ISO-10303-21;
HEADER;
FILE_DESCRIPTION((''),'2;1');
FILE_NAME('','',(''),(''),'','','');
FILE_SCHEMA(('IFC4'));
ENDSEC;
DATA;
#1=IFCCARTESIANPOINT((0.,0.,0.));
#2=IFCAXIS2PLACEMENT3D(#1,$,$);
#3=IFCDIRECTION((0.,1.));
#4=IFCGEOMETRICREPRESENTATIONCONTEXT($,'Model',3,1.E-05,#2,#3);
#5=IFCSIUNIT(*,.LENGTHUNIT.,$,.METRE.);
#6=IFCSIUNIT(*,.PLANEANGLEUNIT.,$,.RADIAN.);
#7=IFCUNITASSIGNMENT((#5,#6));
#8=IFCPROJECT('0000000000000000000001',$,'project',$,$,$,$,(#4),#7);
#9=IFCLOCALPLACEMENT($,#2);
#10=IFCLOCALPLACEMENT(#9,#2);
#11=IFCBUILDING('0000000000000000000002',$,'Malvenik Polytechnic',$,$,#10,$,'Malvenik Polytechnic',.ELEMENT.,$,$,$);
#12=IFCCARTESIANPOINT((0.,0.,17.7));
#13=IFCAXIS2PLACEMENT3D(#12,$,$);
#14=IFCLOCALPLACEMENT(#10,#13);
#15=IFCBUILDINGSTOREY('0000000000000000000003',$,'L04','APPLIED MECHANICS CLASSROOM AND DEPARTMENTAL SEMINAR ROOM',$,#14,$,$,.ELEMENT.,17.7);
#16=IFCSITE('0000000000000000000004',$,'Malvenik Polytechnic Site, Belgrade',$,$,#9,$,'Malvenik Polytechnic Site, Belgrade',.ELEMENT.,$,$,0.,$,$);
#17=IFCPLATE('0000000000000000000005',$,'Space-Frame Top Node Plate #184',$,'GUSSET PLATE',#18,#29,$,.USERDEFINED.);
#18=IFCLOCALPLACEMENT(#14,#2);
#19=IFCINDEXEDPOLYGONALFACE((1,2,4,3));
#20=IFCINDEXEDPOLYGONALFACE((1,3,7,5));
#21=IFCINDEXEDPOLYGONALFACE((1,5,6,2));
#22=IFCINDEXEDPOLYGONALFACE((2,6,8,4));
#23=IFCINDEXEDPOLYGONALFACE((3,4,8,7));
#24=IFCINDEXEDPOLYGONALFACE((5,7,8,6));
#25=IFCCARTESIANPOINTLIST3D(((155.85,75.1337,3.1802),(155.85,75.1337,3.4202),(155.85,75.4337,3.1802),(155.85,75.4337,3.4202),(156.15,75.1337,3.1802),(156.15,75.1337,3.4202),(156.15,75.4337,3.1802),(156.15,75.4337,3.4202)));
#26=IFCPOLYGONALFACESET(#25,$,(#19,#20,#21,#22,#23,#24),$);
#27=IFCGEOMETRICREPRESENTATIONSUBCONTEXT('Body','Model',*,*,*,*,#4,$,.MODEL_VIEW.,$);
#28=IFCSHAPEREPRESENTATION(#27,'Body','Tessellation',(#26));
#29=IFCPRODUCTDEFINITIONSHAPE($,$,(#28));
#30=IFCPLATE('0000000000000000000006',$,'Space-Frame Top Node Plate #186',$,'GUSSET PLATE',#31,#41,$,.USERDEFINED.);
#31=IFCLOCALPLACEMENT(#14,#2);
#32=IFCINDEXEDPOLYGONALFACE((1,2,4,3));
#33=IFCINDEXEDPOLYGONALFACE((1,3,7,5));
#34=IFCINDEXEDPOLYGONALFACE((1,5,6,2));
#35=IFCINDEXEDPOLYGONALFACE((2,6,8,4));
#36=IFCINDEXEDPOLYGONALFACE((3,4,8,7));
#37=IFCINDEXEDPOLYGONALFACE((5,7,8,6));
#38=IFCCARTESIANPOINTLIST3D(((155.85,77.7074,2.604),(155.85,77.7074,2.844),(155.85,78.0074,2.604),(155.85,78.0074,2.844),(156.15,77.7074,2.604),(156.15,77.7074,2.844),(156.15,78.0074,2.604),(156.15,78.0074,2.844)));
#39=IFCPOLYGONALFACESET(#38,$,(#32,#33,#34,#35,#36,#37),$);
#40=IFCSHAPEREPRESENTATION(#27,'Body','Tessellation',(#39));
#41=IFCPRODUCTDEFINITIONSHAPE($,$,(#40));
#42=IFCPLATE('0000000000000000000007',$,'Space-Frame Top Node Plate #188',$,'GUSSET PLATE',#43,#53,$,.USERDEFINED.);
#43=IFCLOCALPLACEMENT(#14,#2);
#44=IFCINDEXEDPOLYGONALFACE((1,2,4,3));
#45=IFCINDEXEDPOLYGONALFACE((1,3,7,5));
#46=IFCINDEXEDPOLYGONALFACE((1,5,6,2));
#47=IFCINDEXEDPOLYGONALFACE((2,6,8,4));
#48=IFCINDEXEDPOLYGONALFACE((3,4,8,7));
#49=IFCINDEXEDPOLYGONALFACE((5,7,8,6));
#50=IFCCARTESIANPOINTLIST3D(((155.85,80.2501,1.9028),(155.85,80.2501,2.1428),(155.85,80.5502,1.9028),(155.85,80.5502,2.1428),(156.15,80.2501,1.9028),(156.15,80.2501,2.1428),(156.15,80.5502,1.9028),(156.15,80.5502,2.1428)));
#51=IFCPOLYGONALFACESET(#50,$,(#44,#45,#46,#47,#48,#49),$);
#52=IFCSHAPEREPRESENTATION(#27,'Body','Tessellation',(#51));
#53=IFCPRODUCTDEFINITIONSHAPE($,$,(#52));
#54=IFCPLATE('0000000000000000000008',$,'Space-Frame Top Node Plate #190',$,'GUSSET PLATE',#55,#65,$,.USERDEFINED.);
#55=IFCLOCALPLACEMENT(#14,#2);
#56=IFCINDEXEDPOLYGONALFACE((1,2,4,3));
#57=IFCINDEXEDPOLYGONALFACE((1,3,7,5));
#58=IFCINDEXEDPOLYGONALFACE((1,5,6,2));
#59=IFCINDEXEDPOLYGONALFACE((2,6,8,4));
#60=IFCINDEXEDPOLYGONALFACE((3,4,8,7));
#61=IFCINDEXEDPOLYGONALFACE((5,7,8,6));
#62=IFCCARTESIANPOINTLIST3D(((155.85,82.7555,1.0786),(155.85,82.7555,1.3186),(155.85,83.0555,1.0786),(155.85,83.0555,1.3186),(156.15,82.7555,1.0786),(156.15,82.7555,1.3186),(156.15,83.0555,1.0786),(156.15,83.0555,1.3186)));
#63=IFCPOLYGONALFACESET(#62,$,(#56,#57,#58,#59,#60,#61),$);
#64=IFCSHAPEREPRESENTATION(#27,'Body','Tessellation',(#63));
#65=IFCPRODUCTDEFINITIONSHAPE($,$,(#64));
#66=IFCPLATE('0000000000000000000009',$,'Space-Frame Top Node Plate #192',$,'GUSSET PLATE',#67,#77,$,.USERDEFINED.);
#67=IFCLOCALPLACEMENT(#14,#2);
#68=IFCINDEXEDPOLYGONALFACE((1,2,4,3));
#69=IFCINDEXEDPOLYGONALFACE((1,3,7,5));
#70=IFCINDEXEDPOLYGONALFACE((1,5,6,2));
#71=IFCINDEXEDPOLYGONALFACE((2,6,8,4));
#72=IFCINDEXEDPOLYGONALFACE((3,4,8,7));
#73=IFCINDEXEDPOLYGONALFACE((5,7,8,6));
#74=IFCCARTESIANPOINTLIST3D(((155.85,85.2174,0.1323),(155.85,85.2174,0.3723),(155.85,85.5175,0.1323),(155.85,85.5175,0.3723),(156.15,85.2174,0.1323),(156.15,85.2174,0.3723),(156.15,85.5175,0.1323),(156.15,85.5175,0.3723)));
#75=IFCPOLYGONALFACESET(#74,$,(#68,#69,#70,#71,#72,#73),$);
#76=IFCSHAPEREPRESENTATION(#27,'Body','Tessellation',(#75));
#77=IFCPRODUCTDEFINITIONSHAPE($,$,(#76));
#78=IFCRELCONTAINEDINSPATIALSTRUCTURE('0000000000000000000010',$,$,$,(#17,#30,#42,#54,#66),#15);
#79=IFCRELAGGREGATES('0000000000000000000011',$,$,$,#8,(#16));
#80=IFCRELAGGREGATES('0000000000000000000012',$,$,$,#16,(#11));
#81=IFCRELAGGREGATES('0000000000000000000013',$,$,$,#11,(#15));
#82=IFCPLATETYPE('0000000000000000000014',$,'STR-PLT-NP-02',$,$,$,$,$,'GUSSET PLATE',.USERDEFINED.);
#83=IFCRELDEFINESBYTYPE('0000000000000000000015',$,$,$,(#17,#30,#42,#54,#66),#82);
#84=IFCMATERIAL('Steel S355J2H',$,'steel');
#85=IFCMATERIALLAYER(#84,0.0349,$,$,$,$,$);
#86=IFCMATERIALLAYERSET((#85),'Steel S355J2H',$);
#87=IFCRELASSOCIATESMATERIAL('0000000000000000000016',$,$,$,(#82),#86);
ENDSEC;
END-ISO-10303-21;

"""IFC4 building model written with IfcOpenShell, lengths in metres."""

from ifc_helpers import new_model, si_unit, direction, frame, origin, origin_2d, place, context, subcontext, project, spatial, rectangle, extrude, material, layer, layer_set, type_object, element, save


model = new_model("IFC4")

# Units and contexts
model_context = context("Model", 3, precision=1e-05, world=origin(), true_north=direction((0.0, 1.0)))
body_context = subcontext(model_context, "Body", "Model", "MODEL_VIEW")
ifc_project = project(units=[si_unit("LENGTHUNIT", "METRE"), si_unit("PLANEANGLEUNIT", "RADIAN")], contexts=[model_context])

# Site, building, storey
site_placement = place(None, origin())
site = spatial("IfcSite", under=ifc_project, at=site_placement, Name="Malvenik Polytechnic Site, Belgrade", LongName="Malvenik Polytechnic Site, Belgrade", CompositionType="ELEMENT", RefElevation=0.0)
building_placement = place(site_placement, origin())
building = spatial("IfcBuilding", under=site, at=building_placement, Name="Malvenik Polytechnic", LongName="Malvenik Polytechnic", CompositionType="ELEMENT")
storey_placement = place(building_placement, frame((0.0, 0.0, 17.7)))
storey = spatial("IfcBuildingStorey", under=building, at=storey_placement, Name="L04", Description="APPLIED MECHANICS CLASSROOM AND DEPARTMENTAL SEMINAR ROOM", CompositionType="ELEMENT", Elevation=17.7)

# Shared definitions
ifc_material = material(Name="Steel S355J2H", Category="steel")

# Plates
ifc_layer_1 = layer(ifc_material, 0.0349)
ifc_layer_set_1 = layer_set([ifc_layer_1], Name="Steel S355J2H")
plate_type_1 = type_object("IfcPlateType", Name="STR-PLT-NP-02", ElementType="GUSSET PLATE", PredefinedType="USERDEFINED", material=ifc_layer_set_1)
for number, where, z_axis, x_axis, name in (
    (1, (156.0, 75.2837, 3.1802), (0.0, 0.0, 1.0), (1.0, 0.0, 0.0), "Space-Frame Top Node Plate #184"),
    (2, (156.0, 77.8574, 2.604), (0.0, 0.0, 1.0), (1.0, 0.0, 0.0), "Space-Frame Top Node Plate #186"),
    (3, (156.0, 80.4001, 1.9028), (0.0, 0.0, 1.0), (1.0, 0.0, 0.0), "Space-Frame Top Node Plate #188"),
    (4, (156.0, 82.9055, 1.0786), (0.0, 0.0, 1.0), (1.0, 0.0, 0.0), "Space-Frame Top Node Plate #190"),
    (5, (156.0, 85.3674, 0.1323), (0.0, 0.0, 1.0), (1.0, 0.0, 0.0), "Space-Frame Top Node Plate #192"),
):
    element("IfcPlate", number, at=place(storey_placement, frame(where, z_axis=z_axis, x_axis=x_axis)), inside=storey, type_object=plate_type_1, Name=name, ObjectType="GUSSET PLATE", PredefinedType="USERDEFINED", context=body_context, shape_type="SweptSolid", body=[
        extrude(rectangle(XDim=0.3, YDim=0.3, at=origin_2d()), origin(), (0.0, 0.0, 1.0), 0.24),
    ])

save(model, "model.ifc")
